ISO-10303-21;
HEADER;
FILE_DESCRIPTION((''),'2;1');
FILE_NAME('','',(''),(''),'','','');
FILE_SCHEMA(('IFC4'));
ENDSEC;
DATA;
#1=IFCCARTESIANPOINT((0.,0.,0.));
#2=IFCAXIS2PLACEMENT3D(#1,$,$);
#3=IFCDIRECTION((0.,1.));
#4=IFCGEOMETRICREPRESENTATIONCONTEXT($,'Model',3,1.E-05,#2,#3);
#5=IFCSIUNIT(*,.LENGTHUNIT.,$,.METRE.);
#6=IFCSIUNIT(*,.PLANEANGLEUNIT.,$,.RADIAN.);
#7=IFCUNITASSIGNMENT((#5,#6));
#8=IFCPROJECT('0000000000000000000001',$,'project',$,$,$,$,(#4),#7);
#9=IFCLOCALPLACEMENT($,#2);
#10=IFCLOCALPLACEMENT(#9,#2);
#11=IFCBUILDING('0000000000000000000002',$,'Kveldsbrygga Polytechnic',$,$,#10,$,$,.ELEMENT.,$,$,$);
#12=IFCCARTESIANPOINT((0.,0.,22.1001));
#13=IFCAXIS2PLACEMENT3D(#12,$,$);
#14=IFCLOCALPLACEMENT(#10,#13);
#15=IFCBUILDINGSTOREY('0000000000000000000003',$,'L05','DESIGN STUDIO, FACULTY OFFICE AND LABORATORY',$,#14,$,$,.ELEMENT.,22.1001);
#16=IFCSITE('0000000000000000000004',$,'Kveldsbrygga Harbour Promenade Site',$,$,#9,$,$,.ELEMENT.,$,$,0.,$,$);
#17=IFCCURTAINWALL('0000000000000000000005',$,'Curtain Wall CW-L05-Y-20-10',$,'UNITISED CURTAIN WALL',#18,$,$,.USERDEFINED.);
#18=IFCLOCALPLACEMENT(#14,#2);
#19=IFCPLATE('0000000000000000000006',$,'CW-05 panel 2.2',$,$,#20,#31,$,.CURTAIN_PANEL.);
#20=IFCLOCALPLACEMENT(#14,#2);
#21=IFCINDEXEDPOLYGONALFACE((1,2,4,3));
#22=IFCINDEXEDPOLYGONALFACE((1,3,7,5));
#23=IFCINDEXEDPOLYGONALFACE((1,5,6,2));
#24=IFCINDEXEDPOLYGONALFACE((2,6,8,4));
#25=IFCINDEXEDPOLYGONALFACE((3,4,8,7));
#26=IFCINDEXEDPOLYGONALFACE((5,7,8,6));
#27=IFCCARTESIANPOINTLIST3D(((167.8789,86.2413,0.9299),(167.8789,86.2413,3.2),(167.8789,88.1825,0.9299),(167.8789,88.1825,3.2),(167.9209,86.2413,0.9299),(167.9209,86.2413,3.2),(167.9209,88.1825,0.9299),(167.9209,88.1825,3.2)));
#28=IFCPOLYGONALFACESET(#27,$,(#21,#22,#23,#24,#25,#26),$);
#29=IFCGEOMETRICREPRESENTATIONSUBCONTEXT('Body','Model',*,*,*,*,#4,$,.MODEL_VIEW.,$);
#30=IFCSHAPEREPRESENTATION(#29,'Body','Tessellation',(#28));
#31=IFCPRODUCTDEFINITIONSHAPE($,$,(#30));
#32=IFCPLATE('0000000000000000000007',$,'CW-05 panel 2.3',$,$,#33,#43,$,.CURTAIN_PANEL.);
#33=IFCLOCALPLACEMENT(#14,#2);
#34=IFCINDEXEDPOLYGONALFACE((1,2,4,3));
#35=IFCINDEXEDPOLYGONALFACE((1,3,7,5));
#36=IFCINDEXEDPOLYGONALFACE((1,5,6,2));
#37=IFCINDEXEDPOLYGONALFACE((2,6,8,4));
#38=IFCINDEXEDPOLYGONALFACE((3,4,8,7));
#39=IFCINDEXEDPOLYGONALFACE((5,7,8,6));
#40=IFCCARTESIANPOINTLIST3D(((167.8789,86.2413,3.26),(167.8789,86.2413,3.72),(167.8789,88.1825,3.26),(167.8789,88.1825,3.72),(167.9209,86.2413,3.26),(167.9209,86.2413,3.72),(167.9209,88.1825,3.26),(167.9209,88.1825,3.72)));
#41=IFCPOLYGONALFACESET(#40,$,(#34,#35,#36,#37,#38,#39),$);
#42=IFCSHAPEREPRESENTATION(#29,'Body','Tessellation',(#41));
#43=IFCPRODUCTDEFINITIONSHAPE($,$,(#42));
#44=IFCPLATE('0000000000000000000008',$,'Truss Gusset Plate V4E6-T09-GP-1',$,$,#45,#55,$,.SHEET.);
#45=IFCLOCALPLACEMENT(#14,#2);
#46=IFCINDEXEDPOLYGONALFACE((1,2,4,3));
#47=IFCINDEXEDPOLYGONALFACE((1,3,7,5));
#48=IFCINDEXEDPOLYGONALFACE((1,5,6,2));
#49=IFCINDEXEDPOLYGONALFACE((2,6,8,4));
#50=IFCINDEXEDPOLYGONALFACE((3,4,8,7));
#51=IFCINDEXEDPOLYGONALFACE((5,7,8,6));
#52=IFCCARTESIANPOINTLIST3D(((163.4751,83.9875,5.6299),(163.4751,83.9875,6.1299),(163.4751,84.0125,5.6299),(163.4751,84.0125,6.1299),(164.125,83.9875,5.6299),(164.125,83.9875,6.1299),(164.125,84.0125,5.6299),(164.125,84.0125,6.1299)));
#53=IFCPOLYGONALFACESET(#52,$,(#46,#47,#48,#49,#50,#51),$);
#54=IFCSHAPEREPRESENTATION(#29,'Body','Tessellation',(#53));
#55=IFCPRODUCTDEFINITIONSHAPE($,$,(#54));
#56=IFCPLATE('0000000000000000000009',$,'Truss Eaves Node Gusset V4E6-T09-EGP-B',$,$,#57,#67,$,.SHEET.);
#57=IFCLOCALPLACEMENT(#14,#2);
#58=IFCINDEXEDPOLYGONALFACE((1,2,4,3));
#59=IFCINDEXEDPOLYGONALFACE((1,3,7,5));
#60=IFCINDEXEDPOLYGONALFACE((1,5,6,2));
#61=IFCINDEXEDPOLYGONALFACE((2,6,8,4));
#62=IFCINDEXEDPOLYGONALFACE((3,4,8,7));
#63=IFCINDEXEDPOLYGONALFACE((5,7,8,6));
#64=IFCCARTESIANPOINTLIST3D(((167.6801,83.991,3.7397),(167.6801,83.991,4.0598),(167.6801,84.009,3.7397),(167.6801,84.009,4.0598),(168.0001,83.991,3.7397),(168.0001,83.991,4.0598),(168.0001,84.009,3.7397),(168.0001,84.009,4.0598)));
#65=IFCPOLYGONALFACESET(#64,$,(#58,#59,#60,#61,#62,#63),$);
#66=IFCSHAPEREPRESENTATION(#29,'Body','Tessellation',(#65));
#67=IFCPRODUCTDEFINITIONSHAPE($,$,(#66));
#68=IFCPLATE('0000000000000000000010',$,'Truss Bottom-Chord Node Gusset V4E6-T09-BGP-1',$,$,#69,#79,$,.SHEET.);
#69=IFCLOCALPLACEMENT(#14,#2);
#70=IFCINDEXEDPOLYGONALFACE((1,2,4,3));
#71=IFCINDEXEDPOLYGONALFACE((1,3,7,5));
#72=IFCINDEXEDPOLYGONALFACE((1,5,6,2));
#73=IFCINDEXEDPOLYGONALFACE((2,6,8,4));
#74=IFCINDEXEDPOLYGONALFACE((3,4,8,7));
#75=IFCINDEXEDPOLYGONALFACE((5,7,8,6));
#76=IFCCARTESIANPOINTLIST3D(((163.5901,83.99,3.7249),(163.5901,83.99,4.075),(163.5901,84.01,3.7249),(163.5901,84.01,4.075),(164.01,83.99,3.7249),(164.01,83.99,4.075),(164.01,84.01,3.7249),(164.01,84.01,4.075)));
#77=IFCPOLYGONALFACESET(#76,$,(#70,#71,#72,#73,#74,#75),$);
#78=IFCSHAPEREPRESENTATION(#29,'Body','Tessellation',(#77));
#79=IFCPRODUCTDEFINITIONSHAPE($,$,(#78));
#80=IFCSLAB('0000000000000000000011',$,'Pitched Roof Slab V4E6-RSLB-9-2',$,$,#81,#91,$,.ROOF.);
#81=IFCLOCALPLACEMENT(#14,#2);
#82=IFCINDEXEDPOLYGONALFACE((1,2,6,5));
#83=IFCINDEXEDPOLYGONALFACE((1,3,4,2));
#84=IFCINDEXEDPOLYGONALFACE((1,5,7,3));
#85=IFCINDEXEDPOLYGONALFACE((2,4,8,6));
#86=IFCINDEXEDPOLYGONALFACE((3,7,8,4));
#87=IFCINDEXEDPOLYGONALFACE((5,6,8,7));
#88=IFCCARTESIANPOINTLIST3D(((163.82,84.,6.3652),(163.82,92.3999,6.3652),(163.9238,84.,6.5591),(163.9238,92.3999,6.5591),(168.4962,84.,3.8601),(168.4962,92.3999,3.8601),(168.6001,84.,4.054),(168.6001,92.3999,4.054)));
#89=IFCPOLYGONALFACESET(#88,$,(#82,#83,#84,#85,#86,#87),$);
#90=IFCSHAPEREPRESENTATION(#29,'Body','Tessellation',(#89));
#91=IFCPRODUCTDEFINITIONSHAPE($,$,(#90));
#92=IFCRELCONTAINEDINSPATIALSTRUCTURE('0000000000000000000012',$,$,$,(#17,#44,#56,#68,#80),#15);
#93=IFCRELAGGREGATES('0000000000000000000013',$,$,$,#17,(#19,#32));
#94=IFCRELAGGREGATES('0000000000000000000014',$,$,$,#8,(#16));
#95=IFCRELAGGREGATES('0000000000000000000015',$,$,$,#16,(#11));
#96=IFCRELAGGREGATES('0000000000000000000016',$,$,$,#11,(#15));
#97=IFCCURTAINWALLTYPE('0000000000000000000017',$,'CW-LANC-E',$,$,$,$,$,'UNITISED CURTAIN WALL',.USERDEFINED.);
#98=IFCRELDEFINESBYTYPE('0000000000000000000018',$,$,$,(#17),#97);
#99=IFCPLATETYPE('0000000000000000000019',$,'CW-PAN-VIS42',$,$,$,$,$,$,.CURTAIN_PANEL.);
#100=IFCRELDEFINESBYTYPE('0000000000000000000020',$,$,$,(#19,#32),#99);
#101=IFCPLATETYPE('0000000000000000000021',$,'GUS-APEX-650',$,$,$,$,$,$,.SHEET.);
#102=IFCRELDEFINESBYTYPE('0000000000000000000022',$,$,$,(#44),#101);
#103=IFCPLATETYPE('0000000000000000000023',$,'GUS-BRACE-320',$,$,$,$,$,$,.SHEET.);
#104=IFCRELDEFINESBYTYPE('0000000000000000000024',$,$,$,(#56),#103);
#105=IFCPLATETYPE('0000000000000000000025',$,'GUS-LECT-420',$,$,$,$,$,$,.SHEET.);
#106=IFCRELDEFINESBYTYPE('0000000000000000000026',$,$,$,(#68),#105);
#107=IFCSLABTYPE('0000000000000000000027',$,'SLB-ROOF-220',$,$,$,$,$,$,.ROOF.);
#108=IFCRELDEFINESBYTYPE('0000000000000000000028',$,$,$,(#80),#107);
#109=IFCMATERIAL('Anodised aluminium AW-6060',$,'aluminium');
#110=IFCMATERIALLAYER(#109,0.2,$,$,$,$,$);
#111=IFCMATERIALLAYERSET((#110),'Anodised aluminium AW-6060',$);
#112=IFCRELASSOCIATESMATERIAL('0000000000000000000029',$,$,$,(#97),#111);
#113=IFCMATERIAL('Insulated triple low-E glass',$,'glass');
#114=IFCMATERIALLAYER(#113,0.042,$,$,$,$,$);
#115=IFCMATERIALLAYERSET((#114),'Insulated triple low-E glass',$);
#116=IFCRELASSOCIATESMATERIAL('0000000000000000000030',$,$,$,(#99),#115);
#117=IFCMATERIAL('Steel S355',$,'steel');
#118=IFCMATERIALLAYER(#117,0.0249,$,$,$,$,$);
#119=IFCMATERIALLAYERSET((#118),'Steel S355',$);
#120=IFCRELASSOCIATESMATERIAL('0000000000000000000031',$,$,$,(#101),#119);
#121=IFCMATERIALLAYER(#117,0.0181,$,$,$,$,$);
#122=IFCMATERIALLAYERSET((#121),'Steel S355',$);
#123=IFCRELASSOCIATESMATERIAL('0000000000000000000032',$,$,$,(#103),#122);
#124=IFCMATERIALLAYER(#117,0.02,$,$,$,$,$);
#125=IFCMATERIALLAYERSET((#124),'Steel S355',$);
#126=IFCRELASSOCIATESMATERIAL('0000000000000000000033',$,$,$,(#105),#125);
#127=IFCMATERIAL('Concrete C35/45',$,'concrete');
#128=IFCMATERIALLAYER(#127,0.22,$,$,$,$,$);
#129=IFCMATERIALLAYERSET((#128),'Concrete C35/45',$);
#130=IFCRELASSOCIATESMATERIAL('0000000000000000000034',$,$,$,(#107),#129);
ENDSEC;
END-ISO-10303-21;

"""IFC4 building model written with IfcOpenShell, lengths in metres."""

from ifc_helpers import new_model, si_unit, direction, frame, origin, origin_2d, place, context, subcontext, project, spatial, polyline, rectangle, outline, extrude, material, layer, layer_set, type_object, element, aggregate, save


model = new_model("IFC4")

# Units and contexts
model_context = context("Model", 3, precision=1e-05, world=origin(), true_north=direction((0.0, 1.0)))
body_context = subcontext(model_context, "Body", "Model", "MODEL_VIEW")
ifc_project = project(units=[si_unit("LENGTHUNIT", "METRE"), si_unit("PLANEANGLEUNIT", "RADIAN")], contexts=[model_context])

# Site, building, storey
site_placement = place(None, origin())
site = spatial("IfcSite", under=ifc_project, at=site_placement, Name="Kveldsbrygga Harbour Promenade Site", CompositionType="ELEMENT", RefElevation=0.0)
building_placement = place(site_placement, origin())
building = spatial("IfcBuilding", under=site, at=building_placement, Name="Kveldsbrygga Polytechnic", CompositionType="ELEMENT")
storey_placement = place(building_placement, frame((0.0, 0.0, 22.1001)))
storey = spatial("IfcBuildingStorey", under=building, at=storey_placement, Name="L05", Description="DESIGN STUDIO, FACULTY OFFICE AND LABORATORY", CompositionType="ELEMENT", Elevation=22.1001)

# Curtain wall
ifc_material_1 = material(Name="Anodised aluminium AW-6060", Category="aluminium")
ifc_layer_1 = layer(ifc_material_1, 0.2)
ifc_layer_set_1 = layer_set([ifc_layer_1], Name="Anodised aluminium AW-6060")
curtain_wall_type = type_object("IfcCurtainWallType", Name="CW-LANC-E", ElementType="UNITISED CURTAIN WALL", PredefinedType="USERDEFINED", material=ifc_layer_set_1)
curtain_wall_placement = place(storey_placement, origin())
curtain_wall = element("IfcCurtainWall", 1, at=curtain_wall_placement, inside=storey, type_object=curtain_wall_type, Name="Curtain Wall CW-L05-Y-20-10", ObjectType="UNITISED CURTAIN WALL", PredefinedType="USERDEFINED")

# Shared definitions
ifc_material_2 = material(Name="Steel S355", Category="steel")

# Plates
ifc_material_3 = material(Name="Insulated triple low-E glass", Category="glass")
ifc_layer_2 = layer(ifc_material_3, 0.042)
ifc_layer_set_2 = layer_set([ifc_layer_2], Name="Insulated triple low-E glass")
plate_type_1 = type_object("IfcPlateType", Name="CW-PAN-VIS42", PredefinedType="CURTAIN_PANEL", material=ifc_layer_set_2)
plate_1_placement = place(storey_placement, frame((167.8999, 87.2119, 0.9299), z_axis=(0.0, 0.0, 1.0), x_axis=(0.0, 1.0, 0.0)))
plate_1 = element("IfcPlate", 2, at=plate_1_placement, type_object=plate_type_1, Name="CW-05 panel 2.2", PredefinedType="CURTAIN_PANEL", context=body_context, shape_type="SweptSolid", body=[
    extrude(rectangle(XDim=1.9412, YDim=0.042, at=origin_2d()), origin(), (0.0, 0.0, 1.0), 2.27),
])
plate_2_placement = place(storey_placement, frame((167.8999, 87.2119, 3.26), z_axis=(0.0, 0.0, 1.0), x_axis=(0.0, 1.0, 0.0)))
plate_2 = element("IfcPlate", 3, at=plate_2_placement, type_object=plate_type_1, Name="CW-05 panel 2.3", PredefinedType="CURTAIN_PANEL", context=body_context, shape_type="SweptSolid", body=[
    extrude(rectangle(XDim=1.9412, YDim=0.042, at=origin_2d()), origin(), (0.0, 0.0, 1.0), 0.46),
])
aggregate(curtain_wall, [plate_1, plate_2])

# Plates
ifc_layer_3 = layer(ifc_material_2, 0.0249)
ifc_layer_set_3 = layer_set([ifc_layer_3], Name="Steel S355")
plate_type_2 = type_object("IfcPlateType", Name="GUS-APEX-650", PredefinedType="SHEET", material=ifc_layer_set_3)
plate_3_placement = place(storey_placement, frame((163.8, 84.0, 5.6299), z_axis=(0.0, 0.0, 1.0), x_axis=(1.0, 0.0, 0.0)))
element("IfcPlate", 4, at=plate_3_placement, inside=storey, type_object=plate_type_2, Name="Truss Gusset Plate V4E6-T09-GP-1", PredefinedType="SHEET", context=body_context, shape_type="SweptSolid", body=[
    extrude(rectangle(XDim=0.6499, YDim=0.0249, at=origin_2d()), origin(), (0.0, 0.0, 1.0), 0.5),
])
ifc_layer_4 = layer(ifc_material_2, 0.0181)
ifc_layer_set_4 = layer_set([ifc_layer_4], Name="Steel S355")
plate_type_3 = type_object("IfcPlateType", Name="GUS-BRACE-320", PredefinedType="SHEET", material=ifc_layer_set_4)
plate_4_placement = place(storey_placement, frame((167.8401, 84.0, 3.7397), z_axis=(0.0, 0.0, 1.0), x_axis=(1.0, 0.0, 0.0)))
element("IfcPlate", 5, at=plate_4_placement, inside=storey, type_object=plate_type_3, Name="Truss Eaves Node Gusset V4E6-T09-EGP-B", PredefinedType="SHEET", context=body_context, shape_type="SweptSolid", body=[
    extrude(rectangle(XDim=0.3201, YDim=0.0181, at=origin_2d()), origin(), (0.0, 0.0, 1.0), 0.3201),
])
ifc_layer_5 = layer(ifc_material_2, 0.02)
ifc_layer_set_5 = layer_set([ifc_layer_5], Name="Steel S355")
plate_type_4 = type_object("IfcPlateType", Name="GUS-LECT-420", PredefinedType="SHEET", material=ifc_layer_set_5)
plate_5_placement = place(storey_placement, frame((163.8, 84.0, 3.7249), z_axis=(0.0, 0.0, 1.0), x_axis=(1.0, 0.0, 0.0)))
element("IfcPlate", 6, at=plate_5_placement, inside=storey, type_object=plate_type_4, Name="Truss Bottom-Chord Node Gusset V4E6-T09-BGP-1", PredefinedType="SHEET", context=body_context, shape_type="SweptSolid", body=[
    extrude(rectangle(XDim=0.4199, YDim=0.02, at=origin_2d()), origin(), (0.0, 0.0, 1.0), 0.3501),
])

# Slab
ifc_material_4 = material(Name="Concrete C35/45", Category="concrete")
ifc_layer_6 = layer(ifc_material_4, 0.22)
ifc_layer_set_6 = layer_set([ifc_layer_6], Name="Concrete C35/45")
slab_type = type_object("IfcSlabType", Name="SLB-ROOF-220", PredefinedType="ROOF", material=ifc_layer_set_6)
slab_placement = place(storey_placement, frame((163.9238, 84.0, 6.5591), z_axis=(0.472219, 0.0, 0.881481), x_axis=(0.881481, 0.0, -0.472219)))
element("IfcSlab", 7, at=slab_placement, inside=storey, type_object=slab_type, Name="Pitched Roof Slab V4E6-RSLB-9-2", PredefinedType="ROOF", context=body_context, shape_type="SweptSolid", body=[
    extrude(outline(polyline([(0.0, 0.0), (5.305, 0.0), (5.305, 8.3999), (0.0, 8.3999), (0.0, 0.0)])), origin(), (0.0, 0.0, -1.0), 0.22),
])

save(model, "model.ifc")
